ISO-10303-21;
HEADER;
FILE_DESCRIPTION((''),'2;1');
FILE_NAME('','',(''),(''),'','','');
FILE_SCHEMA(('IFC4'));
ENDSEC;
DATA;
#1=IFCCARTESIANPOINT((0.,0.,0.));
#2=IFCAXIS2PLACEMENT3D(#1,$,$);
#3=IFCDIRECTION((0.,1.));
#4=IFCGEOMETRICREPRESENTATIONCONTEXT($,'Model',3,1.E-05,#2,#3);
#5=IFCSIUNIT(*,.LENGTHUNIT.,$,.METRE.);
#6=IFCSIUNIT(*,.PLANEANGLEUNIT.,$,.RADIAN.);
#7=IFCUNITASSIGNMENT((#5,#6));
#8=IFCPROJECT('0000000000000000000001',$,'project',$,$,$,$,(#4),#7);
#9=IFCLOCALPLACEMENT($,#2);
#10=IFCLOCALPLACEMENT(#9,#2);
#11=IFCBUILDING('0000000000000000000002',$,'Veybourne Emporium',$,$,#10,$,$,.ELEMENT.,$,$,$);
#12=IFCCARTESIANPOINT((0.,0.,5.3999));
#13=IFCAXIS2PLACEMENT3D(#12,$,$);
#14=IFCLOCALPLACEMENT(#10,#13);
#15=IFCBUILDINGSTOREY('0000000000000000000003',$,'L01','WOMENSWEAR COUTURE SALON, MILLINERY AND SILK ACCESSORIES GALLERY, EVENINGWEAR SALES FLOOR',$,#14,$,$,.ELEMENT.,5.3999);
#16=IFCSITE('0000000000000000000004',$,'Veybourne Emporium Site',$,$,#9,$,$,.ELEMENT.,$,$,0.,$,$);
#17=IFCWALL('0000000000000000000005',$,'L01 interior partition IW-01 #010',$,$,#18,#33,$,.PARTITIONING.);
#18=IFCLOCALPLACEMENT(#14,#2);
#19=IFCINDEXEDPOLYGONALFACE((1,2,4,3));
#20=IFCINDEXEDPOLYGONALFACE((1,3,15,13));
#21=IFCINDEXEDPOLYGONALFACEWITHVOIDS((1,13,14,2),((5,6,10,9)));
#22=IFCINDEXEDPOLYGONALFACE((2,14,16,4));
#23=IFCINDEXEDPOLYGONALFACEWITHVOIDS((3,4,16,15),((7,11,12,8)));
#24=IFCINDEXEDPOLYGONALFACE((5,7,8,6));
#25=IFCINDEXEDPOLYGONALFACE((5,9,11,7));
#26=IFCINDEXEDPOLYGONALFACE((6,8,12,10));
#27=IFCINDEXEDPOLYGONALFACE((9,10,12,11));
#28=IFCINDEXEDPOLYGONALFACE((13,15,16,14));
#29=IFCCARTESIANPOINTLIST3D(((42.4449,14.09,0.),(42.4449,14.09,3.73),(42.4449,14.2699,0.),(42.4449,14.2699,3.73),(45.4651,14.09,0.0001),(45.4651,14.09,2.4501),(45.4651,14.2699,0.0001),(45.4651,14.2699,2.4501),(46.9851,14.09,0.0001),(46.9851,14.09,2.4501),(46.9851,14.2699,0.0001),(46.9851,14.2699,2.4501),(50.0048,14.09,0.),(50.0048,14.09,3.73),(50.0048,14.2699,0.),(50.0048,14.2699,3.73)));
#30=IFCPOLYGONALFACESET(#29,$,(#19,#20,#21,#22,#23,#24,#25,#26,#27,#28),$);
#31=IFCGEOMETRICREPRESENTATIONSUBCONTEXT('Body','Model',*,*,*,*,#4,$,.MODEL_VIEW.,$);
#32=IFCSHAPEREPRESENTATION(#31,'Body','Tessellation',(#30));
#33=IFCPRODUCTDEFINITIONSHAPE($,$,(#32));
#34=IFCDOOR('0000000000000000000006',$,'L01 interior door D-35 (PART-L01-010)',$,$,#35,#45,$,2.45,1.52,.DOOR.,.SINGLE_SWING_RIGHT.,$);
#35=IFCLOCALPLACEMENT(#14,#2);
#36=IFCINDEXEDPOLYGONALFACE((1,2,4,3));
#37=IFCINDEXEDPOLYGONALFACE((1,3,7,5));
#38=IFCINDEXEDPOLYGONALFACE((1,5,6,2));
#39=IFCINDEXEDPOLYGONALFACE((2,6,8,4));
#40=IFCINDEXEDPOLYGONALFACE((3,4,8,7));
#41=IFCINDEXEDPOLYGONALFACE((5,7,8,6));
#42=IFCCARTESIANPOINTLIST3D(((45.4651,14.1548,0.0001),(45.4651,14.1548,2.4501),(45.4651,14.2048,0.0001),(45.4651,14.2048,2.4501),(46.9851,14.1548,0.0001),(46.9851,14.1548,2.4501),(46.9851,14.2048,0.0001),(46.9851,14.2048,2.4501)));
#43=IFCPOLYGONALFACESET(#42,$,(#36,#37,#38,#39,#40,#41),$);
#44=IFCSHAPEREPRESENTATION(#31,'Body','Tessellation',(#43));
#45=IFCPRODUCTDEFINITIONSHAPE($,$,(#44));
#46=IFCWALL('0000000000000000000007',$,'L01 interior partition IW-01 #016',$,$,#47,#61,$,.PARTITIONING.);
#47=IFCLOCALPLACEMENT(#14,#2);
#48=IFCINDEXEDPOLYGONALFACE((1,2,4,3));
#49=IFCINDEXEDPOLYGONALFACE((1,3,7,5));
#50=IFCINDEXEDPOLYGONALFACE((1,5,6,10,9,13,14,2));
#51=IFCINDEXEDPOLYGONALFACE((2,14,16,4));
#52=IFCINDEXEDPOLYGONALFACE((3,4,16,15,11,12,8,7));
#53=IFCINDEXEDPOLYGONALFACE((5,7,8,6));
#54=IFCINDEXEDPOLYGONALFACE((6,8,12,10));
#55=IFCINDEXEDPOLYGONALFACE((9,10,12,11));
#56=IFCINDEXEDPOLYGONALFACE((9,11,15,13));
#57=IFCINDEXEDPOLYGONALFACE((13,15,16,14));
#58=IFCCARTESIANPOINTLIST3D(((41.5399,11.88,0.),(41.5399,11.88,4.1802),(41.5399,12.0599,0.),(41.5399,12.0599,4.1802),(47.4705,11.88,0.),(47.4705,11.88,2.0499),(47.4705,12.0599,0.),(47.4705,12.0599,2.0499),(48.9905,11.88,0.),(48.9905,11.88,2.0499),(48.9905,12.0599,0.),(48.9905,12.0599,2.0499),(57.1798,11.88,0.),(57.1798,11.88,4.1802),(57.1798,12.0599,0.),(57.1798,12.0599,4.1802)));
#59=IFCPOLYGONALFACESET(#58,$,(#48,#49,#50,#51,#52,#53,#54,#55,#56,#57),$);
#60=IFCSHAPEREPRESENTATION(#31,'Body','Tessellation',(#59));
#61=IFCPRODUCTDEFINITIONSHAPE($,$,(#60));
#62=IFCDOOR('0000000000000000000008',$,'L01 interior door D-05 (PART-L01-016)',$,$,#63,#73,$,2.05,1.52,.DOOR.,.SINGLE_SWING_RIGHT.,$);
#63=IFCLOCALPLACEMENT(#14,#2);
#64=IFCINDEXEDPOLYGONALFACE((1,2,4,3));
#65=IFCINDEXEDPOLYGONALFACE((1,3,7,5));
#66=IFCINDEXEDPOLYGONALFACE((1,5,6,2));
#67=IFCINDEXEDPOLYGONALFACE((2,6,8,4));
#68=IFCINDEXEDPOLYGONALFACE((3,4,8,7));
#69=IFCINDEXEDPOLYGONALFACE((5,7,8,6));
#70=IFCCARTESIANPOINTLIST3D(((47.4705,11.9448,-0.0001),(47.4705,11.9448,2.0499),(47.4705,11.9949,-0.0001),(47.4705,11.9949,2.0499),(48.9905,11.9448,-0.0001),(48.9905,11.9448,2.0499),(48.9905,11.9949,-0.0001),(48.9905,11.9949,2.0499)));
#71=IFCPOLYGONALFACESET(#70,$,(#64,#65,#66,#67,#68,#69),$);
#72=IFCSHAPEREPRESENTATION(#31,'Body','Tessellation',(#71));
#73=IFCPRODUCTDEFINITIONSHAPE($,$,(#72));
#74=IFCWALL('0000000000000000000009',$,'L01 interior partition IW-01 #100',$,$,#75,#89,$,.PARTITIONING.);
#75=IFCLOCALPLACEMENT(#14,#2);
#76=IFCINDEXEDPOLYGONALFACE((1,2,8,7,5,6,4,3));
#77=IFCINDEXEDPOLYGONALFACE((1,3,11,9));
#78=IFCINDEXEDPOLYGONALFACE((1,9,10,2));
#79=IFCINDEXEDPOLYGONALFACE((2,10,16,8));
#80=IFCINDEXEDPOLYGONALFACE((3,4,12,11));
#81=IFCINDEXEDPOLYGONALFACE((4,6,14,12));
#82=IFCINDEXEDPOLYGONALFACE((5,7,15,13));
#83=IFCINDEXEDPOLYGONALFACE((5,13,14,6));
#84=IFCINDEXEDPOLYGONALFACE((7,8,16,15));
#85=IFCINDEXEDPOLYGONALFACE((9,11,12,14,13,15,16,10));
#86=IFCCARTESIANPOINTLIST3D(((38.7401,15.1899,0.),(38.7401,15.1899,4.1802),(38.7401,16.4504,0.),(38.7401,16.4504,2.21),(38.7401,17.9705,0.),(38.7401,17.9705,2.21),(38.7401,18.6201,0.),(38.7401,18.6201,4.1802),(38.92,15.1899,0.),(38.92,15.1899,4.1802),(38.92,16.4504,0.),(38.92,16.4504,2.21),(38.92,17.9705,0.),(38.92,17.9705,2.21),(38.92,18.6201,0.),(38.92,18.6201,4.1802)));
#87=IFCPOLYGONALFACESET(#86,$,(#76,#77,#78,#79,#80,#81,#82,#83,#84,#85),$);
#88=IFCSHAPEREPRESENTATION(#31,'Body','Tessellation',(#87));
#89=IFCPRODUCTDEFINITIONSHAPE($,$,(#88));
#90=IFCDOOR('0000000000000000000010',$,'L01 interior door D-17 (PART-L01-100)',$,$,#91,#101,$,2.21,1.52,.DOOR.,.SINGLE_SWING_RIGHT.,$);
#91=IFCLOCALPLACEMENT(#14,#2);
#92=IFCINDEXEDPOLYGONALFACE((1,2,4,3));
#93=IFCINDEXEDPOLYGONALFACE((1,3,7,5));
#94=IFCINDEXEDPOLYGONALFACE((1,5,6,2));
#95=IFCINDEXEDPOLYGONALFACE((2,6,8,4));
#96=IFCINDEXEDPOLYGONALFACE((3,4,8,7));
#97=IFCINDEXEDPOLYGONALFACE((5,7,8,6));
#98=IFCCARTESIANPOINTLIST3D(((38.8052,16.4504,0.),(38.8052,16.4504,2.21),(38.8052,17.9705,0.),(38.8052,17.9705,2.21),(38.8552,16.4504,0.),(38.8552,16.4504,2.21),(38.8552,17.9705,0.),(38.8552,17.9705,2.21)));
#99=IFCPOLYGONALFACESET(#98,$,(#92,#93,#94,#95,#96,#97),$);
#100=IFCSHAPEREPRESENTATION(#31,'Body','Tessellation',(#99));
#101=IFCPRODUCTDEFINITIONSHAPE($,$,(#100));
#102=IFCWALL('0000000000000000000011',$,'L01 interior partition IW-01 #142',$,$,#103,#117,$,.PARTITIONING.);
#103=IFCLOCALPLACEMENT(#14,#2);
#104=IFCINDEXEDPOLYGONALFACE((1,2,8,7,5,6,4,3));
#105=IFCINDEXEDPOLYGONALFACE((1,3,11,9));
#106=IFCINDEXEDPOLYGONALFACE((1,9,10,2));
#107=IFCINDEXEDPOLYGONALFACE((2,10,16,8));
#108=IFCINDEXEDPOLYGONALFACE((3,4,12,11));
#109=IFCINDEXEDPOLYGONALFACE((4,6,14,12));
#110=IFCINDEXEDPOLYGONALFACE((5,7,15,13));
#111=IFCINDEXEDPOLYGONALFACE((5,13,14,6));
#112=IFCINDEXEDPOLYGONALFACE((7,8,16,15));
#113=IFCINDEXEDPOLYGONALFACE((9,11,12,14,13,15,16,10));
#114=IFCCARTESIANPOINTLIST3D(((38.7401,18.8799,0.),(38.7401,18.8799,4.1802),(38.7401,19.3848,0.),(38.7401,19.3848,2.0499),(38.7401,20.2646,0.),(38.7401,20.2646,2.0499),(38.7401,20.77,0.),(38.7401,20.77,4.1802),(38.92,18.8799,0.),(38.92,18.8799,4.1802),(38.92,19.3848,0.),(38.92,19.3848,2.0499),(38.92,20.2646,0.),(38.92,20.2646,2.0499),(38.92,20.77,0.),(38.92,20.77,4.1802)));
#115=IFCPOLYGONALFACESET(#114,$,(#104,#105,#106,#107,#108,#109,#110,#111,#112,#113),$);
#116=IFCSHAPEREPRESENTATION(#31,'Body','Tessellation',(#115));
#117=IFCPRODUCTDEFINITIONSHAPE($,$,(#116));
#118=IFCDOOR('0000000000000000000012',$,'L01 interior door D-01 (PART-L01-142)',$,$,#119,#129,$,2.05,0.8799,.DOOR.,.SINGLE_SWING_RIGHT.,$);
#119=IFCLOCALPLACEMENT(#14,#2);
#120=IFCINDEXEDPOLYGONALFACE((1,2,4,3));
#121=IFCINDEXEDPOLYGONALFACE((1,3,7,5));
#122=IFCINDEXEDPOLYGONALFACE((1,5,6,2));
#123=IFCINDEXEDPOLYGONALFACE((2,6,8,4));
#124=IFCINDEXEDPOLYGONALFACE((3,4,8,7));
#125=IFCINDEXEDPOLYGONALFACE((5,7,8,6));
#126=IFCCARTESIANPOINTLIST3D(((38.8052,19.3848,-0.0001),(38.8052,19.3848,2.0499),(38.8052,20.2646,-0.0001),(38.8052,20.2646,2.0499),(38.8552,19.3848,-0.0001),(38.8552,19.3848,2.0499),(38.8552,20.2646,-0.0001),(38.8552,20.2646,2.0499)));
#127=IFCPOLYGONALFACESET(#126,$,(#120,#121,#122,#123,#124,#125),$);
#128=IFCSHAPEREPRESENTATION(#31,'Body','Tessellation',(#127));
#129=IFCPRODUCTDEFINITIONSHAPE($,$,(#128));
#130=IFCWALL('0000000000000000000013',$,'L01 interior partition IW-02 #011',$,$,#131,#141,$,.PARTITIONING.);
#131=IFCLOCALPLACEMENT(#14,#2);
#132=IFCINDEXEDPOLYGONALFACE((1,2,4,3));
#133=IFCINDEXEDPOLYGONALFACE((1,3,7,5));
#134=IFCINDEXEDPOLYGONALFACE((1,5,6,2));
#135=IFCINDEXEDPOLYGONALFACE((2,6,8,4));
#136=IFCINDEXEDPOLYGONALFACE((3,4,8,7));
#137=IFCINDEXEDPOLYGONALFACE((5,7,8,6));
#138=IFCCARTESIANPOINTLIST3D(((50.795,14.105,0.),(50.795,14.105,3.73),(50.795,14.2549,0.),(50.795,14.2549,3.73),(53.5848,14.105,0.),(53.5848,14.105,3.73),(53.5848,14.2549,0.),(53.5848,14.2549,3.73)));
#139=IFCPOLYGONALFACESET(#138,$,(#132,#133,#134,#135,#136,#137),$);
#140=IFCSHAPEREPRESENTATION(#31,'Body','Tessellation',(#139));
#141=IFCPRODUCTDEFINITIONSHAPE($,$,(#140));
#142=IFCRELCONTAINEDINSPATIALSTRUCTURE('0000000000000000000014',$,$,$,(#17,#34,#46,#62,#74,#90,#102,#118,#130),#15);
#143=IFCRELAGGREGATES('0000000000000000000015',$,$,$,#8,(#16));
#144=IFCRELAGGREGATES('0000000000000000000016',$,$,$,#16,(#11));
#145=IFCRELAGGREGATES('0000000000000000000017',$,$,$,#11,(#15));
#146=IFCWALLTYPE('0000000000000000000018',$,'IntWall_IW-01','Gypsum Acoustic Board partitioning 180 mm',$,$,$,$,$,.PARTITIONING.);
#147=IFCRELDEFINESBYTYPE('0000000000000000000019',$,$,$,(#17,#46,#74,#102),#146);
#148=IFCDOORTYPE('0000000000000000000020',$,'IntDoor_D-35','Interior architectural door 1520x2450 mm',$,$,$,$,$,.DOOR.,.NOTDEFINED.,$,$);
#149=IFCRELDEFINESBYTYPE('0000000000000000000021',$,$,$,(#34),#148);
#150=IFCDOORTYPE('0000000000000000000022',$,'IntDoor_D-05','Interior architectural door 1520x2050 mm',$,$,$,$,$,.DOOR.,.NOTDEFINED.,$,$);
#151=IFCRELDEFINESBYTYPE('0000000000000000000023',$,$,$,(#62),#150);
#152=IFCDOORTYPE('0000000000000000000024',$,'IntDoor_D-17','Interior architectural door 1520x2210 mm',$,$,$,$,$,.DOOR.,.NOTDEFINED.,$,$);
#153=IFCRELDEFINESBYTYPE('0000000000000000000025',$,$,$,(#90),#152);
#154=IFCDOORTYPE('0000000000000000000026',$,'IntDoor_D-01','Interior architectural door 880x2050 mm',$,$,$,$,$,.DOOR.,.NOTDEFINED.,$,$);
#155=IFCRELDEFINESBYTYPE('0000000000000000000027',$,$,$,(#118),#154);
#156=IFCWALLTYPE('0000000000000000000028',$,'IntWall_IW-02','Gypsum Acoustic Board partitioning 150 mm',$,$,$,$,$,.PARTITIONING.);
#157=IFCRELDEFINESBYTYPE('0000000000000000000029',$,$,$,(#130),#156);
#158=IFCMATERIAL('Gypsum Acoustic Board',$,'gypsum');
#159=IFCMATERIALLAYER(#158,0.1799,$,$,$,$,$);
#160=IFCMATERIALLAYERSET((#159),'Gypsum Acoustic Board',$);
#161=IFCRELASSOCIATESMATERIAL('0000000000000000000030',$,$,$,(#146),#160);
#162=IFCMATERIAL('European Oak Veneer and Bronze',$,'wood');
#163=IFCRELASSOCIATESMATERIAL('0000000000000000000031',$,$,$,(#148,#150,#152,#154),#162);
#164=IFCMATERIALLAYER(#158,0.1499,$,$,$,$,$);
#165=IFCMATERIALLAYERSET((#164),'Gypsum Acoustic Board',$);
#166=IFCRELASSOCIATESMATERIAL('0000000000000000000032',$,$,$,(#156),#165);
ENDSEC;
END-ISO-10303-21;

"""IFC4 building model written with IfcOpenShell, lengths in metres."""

from ifc_helpers import new_model, si_unit, direction, frame, frame_2d, origin, place, context, subcontext, project, spatial, rectangle, extrude, material, layer, layer_set, type_object, element, fill, save


model = new_model("IFC4")

# Units and contexts
model_context = context("Model", 3, precision=1e-05, world=origin(), true_north=direction((0.0, 1.0)))
body_context = subcontext(model_context, "Body", "Model", "MODEL_VIEW")
ifc_project = project(units=[si_unit("LENGTHUNIT", "METRE"), si_unit("PLANEANGLEUNIT", "RADIAN")], contexts=[model_context])

# Site, building, storey
site_placement = place(None, origin())
site = spatial("IfcSite", under=ifc_project, at=site_placement, Name="Veybourne Emporium Site", CompositionType="ELEMENT", RefElevation=0.0)
building_placement = place(site_placement, origin())
building = spatial("IfcBuilding", under=site, at=building_placement, Name="Veybourne Emporium", CompositionType="ELEMENT")
storey_placement = place(building_placement, frame((0.0, 0.0, 5.3999)))
storey = spatial("IfcBuildingStorey", under=building, at=storey_placement, Name="L01", Description="WOMENSWEAR COUTURE SALON, MILLINERY AND SILK ACCESSORIES GALLERY, EVENINGWEAR SALES FLOOR", CompositionType="ELEMENT", Elevation=5.3999)

# Walls, openings, doors
ifc_material_1 = material(Name="Gypsum Acoustic Board", Category="gypsum")
ifc_layer_1 = layer(ifc_material_1, 0.1799)
ifc_layer_set_1 = layer_set([ifc_layer_1], Name="Gypsum Acoustic Board")
wall_type_1 = type_object("IfcWallType", Name="IntWall_IW-01", Description="Gypsum Acoustic Board partitioning 180 mm", PredefinedType="PARTITIONING", material=ifc_layer_set_1)
wall_1_placement = place(storey_placement, frame((42.4451, 14.1799, 0.0), z_axis=(0.0, 0.0, 1.0), x_axis=(1.0, 0.0, 0.0)))
wall_1 = element("IfcWall", 1, at=wall_1_placement, inside=storey, type_object=wall_type_1, Name="L01 interior partition IW-01 #010", PredefinedType="PARTITIONING", context=body_context, shape_type="SweptSolid", body=[
    extrude(rectangle(XDim=7.5598, YDim=0.1799, at=frame_2d((3.7798, 0.0))), origin(), (0.0, 0.0, 1.0), 3.73),
])
opening_1_placement = place(wall_1_placement, frame((3.02, 0.0, 0.0)))
opening_1 = element("IfcOpeningElement", 2, at=opening_1_placement, cuts=wall_1, PredefinedType="OPENING", context=body_context, shape_type="SweptSolid", body=[
    extrude(rectangle(XDim=1.52, YDim=2.45, at=frame_2d((0.76, 1.2251))), frame((0.0, 0.1099, 0.0), z_axis=(0.0, -1.0, 0.0), x_axis=(1.0, 0.0, 0.0)), (0.0, 0.0, 1.0), 0.22),
])
ifc_material_2 = material(Name="European Oak Veneer and Bronze", Category="wood")
door_type_1 = type_object("IfcDoorType", Name="IntDoor_D-35", Description="Interior architectural door 1520x2450 mm", OperationType="NOTDEFINED", PredefinedType="DOOR", material=ifc_material_2)
door_1_placement = place(opening_1_placement, origin())
door_1 = element("IfcDoor", 3, at=door_1_placement, inside=storey, type_object=door_type_1, Name="L01 interior door D-35 (PART-L01-010)", OperationType="SINGLE_SWING_RIGHT", OverallHeight=2.45, OverallWidth=1.52, PredefinedType="DOOR", context=body_context, shape_type="SweptSolid", body=[
    extrude(rectangle(XDim=1.52, YDim=2.45, at=frame_2d((0.76, 1.2251))), frame((0.0, 0.0249, 0.0), z_axis=(0.0, -1.0, 0.0), x_axis=(1.0, 0.0, 0.0)), (0.0, 0.0, 1.0), 0.05),
])
fill(opening_1, door_1)
wall_2_placement = place(storey_placement, frame((41.54, 11.97, 0.0), z_axis=(0.0, 0.0, 1.0), x_axis=(1.0, 0.0, 0.0)))
wall_2 = element("IfcWall", 4, at=wall_2_placement, inside=storey, type_object=wall_type_1, Name="L01 interior partition IW-01 #016", PredefinedType="PARTITIONING", context=body_context, shape_type="SweptSolid", body=[
    extrude(rectangle(XDim=15.6399, YDim=0.1799, at=frame_2d((7.8198, 0.0))), origin(), (0.0, 0.0, 1.0), 4.1802),
])
opening_2_placement = place(wall_2_placement, frame((5.9304, 0.0, 0.0)))
opening_2 = element("IfcOpeningElement", 5, at=opening_2_placement, cuts=wall_2, PredefinedType="OPENING", context=body_context, shape_type="SweptSolid", body=[
    extrude(rectangle(XDim=1.52, YDim=2.05, at=frame_2d((0.76, 1.0249))), frame((0.0, 0.1099, 0.0), z_axis=(0.0, -1.0, 0.0), x_axis=(1.0, 0.0, 0.0)), (0.0, 0.0, 1.0), 0.22),
])
door_type_2 = type_object("IfcDoorType", Name="IntDoor_D-05", Description="Interior architectural door 1520x2050 mm", OperationType="NOTDEFINED", PredefinedType="DOOR", material=ifc_material_2)
door_2_placement = place(opening_2_placement, origin())
door_2 = element("IfcDoor", 6, at=door_2_placement, inside=storey, type_object=door_type_2, Name="L01 interior door D-05 (PART-L01-016)", OperationType="SINGLE_SWING_RIGHT", OverallHeight=2.05, OverallWidth=1.52, PredefinedType="DOOR", context=body_context, shape_type="SweptSolid", body=[
    extrude(rectangle(XDim=1.52, YDim=2.05, at=frame_2d((0.76, 1.0249))), frame((0.0, 0.0249, 0.0), z_axis=(0.0, -1.0, 0.0), x_axis=(1.0, 0.0, 0.0)), (0.0, 0.0, 1.0), 0.05),
])
fill(opening_2, door_2)
wall_3_placement = place(storey_placement, frame((38.8301, 15.1899, 0.0), z_axis=(0.0, 0.0, 1.0), x_axis=(0.0, 1.0, 0.0)))
wall_3 = element("IfcWall", 7, at=wall_3_placement, inside=storey, type_object=wall_type_1, Name="L01 interior partition IW-01 #100", PredefinedType="PARTITIONING", context=body_context, shape_type="SweptSolid", body=[
    extrude(rectangle(XDim=3.4302, YDim=0.1799, at=frame_2d((1.7151, 0.0))), origin(), (0.0, 0.0, 1.0), 4.1802),
])
opening_3_placement = place(wall_3_placement, frame((1.2605, 0.0, 0.0)))
opening_3 = element("IfcOpeningElement", 8, at=opening_3_placement, cuts=wall_3, PredefinedType="OPENING", context=body_context, shape_type="SweptSolid", body=[
    extrude(rectangle(XDim=1.52, YDim=2.21, at=frame_2d((0.76, 1.105))), frame((0.0, 0.1099, 0.0), z_axis=(0.0, -1.0, 0.0), x_axis=(1.0, 0.0, 0.0)), (0.0, 0.0, 1.0), 0.22),
])
door_type_3 = type_object("IfcDoorType", Name="IntDoor_D-17", Description="Interior architectural door 1520x2210 mm", OperationType="NOTDEFINED", PredefinedType="DOOR", material=ifc_material_2)
door_3_placement = place(opening_3_placement, origin())
door_3 = element("IfcDoor", 9, at=door_3_placement, inside=storey, type_object=door_type_3, Name="L01 interior door D-17 (PART-L01-100)", OperationType="SINGLE_SWING_RIGHT", OverallHeight=2.21, OverallWidth=1.52, PredefinedType="DOOR", context=body_context, shape_type="SweptSolid", body=[
    extrude(rectangle(XDim=1.52, YDim=2.21, at=frame_2d((0.76, 1.105))), frame((0.0, 0.0249, 0.0), z_axis=(0.0, -1.0, 0.0), x_axis=(1.0, 0.0, 0.0)), (0.0, 0.0, 1.0), 0.05),
])
fill(opening_3, door_3)
wall_4_placement = place(storey_placement, frame((38.8301, 18.8799, 0.0), z_axis=(0.0, 0.0, 1.0), x_axis=(0.0, 1.0, 0.0)))
wall_4 = element("IfcWall", 10, at=wall_4_placement, inside=storey, type_object=wall_type_1, Name="L01 interior partition IW-01 #142", PredefinedType="PARTITIONING", context=body_context, shape_type="SweptSolid", body=[
    extrude(rectangle(XDim=1.8901, YDim=0.1799, at=frame_2d((0.9451, 0.0))), origin(), (0.0, 0.0, 1.0), 4.1802),
])
opening_4_placement = place(wall_4_placement, frame((0.5049, 0.0, 0.0)))
opening_4 = element("IfcOpeningElement", 11, at=opening_4_placement, cuts=wall_4, PredefinedType="OPENING", context=body_context, shape_type="SweptSolid", body=[
    extrude(rectangle(XDim=0.8799, YDim=2.05, at=frame_2d((0.4399, 1.0249))), frame((0.0, 0.1099, 0.0), z_axis=(0.0, -1.0, 0.0), x_axis=(1.0, 0.0, 0.0)), (0.0, 0.0, 1.0), 0.22),
])
door_type_4 = type_object("IfcDoorType", Name="IntDoor_D-01", Description="Interior architectural door 880x2050 mm", OperationType="NOTDEFINED", PredefinedType="DOOR", material=ifc_material_2)
door_4_placement = place(opening_4_placement, origin())
door_4 = element("IfcDoor", 12, at=door_4_placement, inside=storey, type_object=door_type_4, Name="L01 interior door D-01 (PART-L01-142)", OperationType="SINGLE_SWING_RIGHT", OverallHeight=2.05, OverallWidth=0.8799, PredefinedType="DOOR", context=body_context, shape_type="SweptSolid", body=[
    extrude(rectangle(XDim=0.8799, YDim=2.05, at=frame_2d((0.4399, 1.0249))), frame((0.0, 0.0249, 0.0), z_axis=(0.0, -1.0, 0.0), x_axis=(1.0, 0.0, 0.0)), (0.0, 0.0, 1.0), 0.05),
])
fill(opening_4, door_4)

# Wall
ifc_layer_2 = layer(ifc_material_1, 0.1499)
ifc_layer_set_2 = layer_set([ifc_layer_2], Name="Gypsum Acoustic Board")
wall_type_2 = type_object("IfcWallType", Name="IntWall_IW-02", Description="Gypsum Acoustic Board partitioning 150 mm", PredefinedType="PARTITIONING", material=ifc_layer_set_2)
wall_5_placement = place(storey_placement, frame((50.7949, 14.1799, 0.0), z_axis=(0.0, 0.0, 1.0), x_axis=(1.0, 0.0, 0.0)))
element("IfcWall", 13, at=wall_5_placement, inside=storey, type_object=wall_type_2, Name="L01 interior partition IW-02 #011", PredefinedType="PARTITIONING", context=body_context, shape_type="SweptSolid", body=[
    extrude(rectangle(XDim=2.7898, YDim=0.1499, at=frame_2d((1.395, 0.0))), origin(), (0.0, 0.0, 1.0), 3.73),
])

save(model, "model.ifc")
